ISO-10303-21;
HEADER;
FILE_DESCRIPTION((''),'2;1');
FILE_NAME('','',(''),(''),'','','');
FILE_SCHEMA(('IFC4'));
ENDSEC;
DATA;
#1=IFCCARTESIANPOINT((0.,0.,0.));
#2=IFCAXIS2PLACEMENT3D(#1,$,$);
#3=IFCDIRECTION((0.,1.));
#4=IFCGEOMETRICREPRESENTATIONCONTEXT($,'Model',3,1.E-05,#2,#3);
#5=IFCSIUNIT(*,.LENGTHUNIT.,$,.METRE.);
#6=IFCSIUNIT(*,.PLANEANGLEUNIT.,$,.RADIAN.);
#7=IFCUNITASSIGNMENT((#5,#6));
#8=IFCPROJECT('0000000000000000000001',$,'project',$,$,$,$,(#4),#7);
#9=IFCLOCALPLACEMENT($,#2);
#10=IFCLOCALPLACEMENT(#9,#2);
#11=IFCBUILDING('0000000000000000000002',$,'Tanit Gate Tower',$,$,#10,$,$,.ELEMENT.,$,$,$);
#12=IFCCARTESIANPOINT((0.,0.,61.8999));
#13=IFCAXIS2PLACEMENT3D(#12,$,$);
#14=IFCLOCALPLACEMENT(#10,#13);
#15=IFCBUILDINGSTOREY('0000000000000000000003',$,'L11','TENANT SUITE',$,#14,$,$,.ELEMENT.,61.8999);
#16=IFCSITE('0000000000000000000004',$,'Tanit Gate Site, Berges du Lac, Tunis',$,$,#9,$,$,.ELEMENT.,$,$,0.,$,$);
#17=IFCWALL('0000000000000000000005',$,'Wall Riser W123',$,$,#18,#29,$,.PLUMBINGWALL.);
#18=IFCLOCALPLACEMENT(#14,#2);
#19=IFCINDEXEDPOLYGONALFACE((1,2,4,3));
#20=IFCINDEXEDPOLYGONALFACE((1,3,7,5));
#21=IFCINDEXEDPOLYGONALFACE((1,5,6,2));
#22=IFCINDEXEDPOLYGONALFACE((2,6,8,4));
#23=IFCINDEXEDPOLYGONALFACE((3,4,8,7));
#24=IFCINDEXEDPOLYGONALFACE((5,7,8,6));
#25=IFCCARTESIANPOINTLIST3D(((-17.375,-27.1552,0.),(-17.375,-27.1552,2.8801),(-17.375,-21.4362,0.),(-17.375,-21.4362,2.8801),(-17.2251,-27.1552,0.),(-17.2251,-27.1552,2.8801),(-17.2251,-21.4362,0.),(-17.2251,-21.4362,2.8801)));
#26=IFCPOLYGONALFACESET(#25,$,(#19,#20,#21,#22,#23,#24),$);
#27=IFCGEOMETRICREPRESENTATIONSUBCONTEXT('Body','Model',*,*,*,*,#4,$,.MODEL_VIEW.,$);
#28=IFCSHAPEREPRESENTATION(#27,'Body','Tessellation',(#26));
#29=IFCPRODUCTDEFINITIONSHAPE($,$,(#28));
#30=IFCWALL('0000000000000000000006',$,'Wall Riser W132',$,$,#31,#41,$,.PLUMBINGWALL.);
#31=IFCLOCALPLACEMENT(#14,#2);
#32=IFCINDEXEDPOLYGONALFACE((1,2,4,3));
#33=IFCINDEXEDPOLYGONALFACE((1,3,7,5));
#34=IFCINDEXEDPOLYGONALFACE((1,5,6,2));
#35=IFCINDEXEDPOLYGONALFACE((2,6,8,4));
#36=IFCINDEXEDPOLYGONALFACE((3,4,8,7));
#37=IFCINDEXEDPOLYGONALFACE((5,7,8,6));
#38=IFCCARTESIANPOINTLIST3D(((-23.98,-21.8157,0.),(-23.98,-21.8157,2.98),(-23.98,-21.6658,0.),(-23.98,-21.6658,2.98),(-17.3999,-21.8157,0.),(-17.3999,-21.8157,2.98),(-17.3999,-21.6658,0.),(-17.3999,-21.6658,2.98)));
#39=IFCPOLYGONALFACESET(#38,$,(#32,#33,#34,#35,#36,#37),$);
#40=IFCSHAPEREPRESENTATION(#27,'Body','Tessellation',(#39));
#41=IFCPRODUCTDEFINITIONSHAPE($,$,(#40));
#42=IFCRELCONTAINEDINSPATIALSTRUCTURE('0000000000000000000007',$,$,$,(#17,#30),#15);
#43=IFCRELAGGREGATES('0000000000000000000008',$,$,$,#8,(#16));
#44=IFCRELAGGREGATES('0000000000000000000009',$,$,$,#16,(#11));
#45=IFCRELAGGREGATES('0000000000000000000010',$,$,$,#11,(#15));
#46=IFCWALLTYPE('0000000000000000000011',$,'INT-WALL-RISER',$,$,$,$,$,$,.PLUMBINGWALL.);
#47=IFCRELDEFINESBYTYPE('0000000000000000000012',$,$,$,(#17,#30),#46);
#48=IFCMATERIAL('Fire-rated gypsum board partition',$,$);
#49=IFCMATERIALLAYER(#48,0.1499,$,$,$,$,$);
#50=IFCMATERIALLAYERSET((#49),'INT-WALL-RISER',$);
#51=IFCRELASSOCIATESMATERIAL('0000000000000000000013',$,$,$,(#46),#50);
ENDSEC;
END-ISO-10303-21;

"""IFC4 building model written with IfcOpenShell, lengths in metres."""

from ifc_helpers import new_model, si_unit, direction, frame, frame_2d, origin, place, context, subcontext, project, spatial, rectangle, extrude, material, layer, layer_set, type_object, element, save


model = new_model("IFC4")

# Units and contexts
model_context = context("Model", 3, precision=1e-05, world=origin(), true_north=direction((0.0, 1.0)))
body_context = subcontext(model_context, "Body", "Model", "MODEL_VIEW")
ifc_project = project(units=[si_unit("LENGTHUNIT", "METRE"), si_unit("PLANEANGLEUNIT", "RADIAN")], contexts=[model_context])

# Site, building, storey
site_placement = place(None, origin())
site = spatial("IfcSite", under=ifc_project, at=site_placement, Name="Tanit Gate Site, Berges du Lac, Tunis", CompositionType="ELEMENT", RefElevation=0.0)
building_placement = place(site_placement, origin())
building = spatial("IfcBuilding", under=site, at=building_placement, Name="Tanit Gate Tower", CompositionType="ELEMENT")
storey_placement = place(building_placement, frame((0.0, 0.0, 61.8999)))
storey = spatial("IfcBuildingStorey", under=building, at=storey_placement, Name="L11", Description="TENANT SUITE", CompositionType="ELEMENT", Elevation=61.8999)

# Walls
ifc_material_1 = material(Name="Fire-rated gypsum board partition")
ifc_layer_1 = layer(ifc_material_1, 0.1499)
ifc_layer_set_1 = layer_set([ifc_layer_1], Name="INT-WALL-RISER")
wall_type_1 = type_object("IfcWallType", Name="INT-WALL-RISER", PredefinedType="PLUMBINGWALL", material=ifc_layer_set_1)
wall_1_placement = place(storey_placement, frame((-17.3, -27.155, 0.0), z_axis=(0.0, 0.0, 1.0), x_axis=(0.0, 1.0, 0.0)))
element("IfcWall", 1, at=wall_1_placement, inside=storey, type_object=wall_type_1, Name="Wall Riser W123", PredefinedType="PLUMBINGWALL", context=body_context, shape_type="SweptSolid", body=[
    extrude(rectangle(XDim=5.719, YDim=0.1499, at=frame_2d((2.8594, 0.0))), origin(), (0.0, 0.0, 1.0), 2.8801),
])
wall_2_placement = place(storey_placement, frame((-17.3999, -21.7407, 0.0), z_axis=(0.0, 0.0, 1.0), x_axis=(-1.0, 0.0, 0.0)))
element("IfcWall", 2, at=wall_2_placement, inside=storey, type_object=wall_type_1, Name="Wall Riser W132", PredefinedType="PLUMBINGWALL", context=body_context, shape_type="SweptSolid", body=[
    extrude(rectangle(XDim=6.5801, YDim=0.1499, at=frame_2d((3.29, 0.0))), origin(), (0.0, 0.0, 1.0), 2.98),
])

save(model, "model.ifc")
